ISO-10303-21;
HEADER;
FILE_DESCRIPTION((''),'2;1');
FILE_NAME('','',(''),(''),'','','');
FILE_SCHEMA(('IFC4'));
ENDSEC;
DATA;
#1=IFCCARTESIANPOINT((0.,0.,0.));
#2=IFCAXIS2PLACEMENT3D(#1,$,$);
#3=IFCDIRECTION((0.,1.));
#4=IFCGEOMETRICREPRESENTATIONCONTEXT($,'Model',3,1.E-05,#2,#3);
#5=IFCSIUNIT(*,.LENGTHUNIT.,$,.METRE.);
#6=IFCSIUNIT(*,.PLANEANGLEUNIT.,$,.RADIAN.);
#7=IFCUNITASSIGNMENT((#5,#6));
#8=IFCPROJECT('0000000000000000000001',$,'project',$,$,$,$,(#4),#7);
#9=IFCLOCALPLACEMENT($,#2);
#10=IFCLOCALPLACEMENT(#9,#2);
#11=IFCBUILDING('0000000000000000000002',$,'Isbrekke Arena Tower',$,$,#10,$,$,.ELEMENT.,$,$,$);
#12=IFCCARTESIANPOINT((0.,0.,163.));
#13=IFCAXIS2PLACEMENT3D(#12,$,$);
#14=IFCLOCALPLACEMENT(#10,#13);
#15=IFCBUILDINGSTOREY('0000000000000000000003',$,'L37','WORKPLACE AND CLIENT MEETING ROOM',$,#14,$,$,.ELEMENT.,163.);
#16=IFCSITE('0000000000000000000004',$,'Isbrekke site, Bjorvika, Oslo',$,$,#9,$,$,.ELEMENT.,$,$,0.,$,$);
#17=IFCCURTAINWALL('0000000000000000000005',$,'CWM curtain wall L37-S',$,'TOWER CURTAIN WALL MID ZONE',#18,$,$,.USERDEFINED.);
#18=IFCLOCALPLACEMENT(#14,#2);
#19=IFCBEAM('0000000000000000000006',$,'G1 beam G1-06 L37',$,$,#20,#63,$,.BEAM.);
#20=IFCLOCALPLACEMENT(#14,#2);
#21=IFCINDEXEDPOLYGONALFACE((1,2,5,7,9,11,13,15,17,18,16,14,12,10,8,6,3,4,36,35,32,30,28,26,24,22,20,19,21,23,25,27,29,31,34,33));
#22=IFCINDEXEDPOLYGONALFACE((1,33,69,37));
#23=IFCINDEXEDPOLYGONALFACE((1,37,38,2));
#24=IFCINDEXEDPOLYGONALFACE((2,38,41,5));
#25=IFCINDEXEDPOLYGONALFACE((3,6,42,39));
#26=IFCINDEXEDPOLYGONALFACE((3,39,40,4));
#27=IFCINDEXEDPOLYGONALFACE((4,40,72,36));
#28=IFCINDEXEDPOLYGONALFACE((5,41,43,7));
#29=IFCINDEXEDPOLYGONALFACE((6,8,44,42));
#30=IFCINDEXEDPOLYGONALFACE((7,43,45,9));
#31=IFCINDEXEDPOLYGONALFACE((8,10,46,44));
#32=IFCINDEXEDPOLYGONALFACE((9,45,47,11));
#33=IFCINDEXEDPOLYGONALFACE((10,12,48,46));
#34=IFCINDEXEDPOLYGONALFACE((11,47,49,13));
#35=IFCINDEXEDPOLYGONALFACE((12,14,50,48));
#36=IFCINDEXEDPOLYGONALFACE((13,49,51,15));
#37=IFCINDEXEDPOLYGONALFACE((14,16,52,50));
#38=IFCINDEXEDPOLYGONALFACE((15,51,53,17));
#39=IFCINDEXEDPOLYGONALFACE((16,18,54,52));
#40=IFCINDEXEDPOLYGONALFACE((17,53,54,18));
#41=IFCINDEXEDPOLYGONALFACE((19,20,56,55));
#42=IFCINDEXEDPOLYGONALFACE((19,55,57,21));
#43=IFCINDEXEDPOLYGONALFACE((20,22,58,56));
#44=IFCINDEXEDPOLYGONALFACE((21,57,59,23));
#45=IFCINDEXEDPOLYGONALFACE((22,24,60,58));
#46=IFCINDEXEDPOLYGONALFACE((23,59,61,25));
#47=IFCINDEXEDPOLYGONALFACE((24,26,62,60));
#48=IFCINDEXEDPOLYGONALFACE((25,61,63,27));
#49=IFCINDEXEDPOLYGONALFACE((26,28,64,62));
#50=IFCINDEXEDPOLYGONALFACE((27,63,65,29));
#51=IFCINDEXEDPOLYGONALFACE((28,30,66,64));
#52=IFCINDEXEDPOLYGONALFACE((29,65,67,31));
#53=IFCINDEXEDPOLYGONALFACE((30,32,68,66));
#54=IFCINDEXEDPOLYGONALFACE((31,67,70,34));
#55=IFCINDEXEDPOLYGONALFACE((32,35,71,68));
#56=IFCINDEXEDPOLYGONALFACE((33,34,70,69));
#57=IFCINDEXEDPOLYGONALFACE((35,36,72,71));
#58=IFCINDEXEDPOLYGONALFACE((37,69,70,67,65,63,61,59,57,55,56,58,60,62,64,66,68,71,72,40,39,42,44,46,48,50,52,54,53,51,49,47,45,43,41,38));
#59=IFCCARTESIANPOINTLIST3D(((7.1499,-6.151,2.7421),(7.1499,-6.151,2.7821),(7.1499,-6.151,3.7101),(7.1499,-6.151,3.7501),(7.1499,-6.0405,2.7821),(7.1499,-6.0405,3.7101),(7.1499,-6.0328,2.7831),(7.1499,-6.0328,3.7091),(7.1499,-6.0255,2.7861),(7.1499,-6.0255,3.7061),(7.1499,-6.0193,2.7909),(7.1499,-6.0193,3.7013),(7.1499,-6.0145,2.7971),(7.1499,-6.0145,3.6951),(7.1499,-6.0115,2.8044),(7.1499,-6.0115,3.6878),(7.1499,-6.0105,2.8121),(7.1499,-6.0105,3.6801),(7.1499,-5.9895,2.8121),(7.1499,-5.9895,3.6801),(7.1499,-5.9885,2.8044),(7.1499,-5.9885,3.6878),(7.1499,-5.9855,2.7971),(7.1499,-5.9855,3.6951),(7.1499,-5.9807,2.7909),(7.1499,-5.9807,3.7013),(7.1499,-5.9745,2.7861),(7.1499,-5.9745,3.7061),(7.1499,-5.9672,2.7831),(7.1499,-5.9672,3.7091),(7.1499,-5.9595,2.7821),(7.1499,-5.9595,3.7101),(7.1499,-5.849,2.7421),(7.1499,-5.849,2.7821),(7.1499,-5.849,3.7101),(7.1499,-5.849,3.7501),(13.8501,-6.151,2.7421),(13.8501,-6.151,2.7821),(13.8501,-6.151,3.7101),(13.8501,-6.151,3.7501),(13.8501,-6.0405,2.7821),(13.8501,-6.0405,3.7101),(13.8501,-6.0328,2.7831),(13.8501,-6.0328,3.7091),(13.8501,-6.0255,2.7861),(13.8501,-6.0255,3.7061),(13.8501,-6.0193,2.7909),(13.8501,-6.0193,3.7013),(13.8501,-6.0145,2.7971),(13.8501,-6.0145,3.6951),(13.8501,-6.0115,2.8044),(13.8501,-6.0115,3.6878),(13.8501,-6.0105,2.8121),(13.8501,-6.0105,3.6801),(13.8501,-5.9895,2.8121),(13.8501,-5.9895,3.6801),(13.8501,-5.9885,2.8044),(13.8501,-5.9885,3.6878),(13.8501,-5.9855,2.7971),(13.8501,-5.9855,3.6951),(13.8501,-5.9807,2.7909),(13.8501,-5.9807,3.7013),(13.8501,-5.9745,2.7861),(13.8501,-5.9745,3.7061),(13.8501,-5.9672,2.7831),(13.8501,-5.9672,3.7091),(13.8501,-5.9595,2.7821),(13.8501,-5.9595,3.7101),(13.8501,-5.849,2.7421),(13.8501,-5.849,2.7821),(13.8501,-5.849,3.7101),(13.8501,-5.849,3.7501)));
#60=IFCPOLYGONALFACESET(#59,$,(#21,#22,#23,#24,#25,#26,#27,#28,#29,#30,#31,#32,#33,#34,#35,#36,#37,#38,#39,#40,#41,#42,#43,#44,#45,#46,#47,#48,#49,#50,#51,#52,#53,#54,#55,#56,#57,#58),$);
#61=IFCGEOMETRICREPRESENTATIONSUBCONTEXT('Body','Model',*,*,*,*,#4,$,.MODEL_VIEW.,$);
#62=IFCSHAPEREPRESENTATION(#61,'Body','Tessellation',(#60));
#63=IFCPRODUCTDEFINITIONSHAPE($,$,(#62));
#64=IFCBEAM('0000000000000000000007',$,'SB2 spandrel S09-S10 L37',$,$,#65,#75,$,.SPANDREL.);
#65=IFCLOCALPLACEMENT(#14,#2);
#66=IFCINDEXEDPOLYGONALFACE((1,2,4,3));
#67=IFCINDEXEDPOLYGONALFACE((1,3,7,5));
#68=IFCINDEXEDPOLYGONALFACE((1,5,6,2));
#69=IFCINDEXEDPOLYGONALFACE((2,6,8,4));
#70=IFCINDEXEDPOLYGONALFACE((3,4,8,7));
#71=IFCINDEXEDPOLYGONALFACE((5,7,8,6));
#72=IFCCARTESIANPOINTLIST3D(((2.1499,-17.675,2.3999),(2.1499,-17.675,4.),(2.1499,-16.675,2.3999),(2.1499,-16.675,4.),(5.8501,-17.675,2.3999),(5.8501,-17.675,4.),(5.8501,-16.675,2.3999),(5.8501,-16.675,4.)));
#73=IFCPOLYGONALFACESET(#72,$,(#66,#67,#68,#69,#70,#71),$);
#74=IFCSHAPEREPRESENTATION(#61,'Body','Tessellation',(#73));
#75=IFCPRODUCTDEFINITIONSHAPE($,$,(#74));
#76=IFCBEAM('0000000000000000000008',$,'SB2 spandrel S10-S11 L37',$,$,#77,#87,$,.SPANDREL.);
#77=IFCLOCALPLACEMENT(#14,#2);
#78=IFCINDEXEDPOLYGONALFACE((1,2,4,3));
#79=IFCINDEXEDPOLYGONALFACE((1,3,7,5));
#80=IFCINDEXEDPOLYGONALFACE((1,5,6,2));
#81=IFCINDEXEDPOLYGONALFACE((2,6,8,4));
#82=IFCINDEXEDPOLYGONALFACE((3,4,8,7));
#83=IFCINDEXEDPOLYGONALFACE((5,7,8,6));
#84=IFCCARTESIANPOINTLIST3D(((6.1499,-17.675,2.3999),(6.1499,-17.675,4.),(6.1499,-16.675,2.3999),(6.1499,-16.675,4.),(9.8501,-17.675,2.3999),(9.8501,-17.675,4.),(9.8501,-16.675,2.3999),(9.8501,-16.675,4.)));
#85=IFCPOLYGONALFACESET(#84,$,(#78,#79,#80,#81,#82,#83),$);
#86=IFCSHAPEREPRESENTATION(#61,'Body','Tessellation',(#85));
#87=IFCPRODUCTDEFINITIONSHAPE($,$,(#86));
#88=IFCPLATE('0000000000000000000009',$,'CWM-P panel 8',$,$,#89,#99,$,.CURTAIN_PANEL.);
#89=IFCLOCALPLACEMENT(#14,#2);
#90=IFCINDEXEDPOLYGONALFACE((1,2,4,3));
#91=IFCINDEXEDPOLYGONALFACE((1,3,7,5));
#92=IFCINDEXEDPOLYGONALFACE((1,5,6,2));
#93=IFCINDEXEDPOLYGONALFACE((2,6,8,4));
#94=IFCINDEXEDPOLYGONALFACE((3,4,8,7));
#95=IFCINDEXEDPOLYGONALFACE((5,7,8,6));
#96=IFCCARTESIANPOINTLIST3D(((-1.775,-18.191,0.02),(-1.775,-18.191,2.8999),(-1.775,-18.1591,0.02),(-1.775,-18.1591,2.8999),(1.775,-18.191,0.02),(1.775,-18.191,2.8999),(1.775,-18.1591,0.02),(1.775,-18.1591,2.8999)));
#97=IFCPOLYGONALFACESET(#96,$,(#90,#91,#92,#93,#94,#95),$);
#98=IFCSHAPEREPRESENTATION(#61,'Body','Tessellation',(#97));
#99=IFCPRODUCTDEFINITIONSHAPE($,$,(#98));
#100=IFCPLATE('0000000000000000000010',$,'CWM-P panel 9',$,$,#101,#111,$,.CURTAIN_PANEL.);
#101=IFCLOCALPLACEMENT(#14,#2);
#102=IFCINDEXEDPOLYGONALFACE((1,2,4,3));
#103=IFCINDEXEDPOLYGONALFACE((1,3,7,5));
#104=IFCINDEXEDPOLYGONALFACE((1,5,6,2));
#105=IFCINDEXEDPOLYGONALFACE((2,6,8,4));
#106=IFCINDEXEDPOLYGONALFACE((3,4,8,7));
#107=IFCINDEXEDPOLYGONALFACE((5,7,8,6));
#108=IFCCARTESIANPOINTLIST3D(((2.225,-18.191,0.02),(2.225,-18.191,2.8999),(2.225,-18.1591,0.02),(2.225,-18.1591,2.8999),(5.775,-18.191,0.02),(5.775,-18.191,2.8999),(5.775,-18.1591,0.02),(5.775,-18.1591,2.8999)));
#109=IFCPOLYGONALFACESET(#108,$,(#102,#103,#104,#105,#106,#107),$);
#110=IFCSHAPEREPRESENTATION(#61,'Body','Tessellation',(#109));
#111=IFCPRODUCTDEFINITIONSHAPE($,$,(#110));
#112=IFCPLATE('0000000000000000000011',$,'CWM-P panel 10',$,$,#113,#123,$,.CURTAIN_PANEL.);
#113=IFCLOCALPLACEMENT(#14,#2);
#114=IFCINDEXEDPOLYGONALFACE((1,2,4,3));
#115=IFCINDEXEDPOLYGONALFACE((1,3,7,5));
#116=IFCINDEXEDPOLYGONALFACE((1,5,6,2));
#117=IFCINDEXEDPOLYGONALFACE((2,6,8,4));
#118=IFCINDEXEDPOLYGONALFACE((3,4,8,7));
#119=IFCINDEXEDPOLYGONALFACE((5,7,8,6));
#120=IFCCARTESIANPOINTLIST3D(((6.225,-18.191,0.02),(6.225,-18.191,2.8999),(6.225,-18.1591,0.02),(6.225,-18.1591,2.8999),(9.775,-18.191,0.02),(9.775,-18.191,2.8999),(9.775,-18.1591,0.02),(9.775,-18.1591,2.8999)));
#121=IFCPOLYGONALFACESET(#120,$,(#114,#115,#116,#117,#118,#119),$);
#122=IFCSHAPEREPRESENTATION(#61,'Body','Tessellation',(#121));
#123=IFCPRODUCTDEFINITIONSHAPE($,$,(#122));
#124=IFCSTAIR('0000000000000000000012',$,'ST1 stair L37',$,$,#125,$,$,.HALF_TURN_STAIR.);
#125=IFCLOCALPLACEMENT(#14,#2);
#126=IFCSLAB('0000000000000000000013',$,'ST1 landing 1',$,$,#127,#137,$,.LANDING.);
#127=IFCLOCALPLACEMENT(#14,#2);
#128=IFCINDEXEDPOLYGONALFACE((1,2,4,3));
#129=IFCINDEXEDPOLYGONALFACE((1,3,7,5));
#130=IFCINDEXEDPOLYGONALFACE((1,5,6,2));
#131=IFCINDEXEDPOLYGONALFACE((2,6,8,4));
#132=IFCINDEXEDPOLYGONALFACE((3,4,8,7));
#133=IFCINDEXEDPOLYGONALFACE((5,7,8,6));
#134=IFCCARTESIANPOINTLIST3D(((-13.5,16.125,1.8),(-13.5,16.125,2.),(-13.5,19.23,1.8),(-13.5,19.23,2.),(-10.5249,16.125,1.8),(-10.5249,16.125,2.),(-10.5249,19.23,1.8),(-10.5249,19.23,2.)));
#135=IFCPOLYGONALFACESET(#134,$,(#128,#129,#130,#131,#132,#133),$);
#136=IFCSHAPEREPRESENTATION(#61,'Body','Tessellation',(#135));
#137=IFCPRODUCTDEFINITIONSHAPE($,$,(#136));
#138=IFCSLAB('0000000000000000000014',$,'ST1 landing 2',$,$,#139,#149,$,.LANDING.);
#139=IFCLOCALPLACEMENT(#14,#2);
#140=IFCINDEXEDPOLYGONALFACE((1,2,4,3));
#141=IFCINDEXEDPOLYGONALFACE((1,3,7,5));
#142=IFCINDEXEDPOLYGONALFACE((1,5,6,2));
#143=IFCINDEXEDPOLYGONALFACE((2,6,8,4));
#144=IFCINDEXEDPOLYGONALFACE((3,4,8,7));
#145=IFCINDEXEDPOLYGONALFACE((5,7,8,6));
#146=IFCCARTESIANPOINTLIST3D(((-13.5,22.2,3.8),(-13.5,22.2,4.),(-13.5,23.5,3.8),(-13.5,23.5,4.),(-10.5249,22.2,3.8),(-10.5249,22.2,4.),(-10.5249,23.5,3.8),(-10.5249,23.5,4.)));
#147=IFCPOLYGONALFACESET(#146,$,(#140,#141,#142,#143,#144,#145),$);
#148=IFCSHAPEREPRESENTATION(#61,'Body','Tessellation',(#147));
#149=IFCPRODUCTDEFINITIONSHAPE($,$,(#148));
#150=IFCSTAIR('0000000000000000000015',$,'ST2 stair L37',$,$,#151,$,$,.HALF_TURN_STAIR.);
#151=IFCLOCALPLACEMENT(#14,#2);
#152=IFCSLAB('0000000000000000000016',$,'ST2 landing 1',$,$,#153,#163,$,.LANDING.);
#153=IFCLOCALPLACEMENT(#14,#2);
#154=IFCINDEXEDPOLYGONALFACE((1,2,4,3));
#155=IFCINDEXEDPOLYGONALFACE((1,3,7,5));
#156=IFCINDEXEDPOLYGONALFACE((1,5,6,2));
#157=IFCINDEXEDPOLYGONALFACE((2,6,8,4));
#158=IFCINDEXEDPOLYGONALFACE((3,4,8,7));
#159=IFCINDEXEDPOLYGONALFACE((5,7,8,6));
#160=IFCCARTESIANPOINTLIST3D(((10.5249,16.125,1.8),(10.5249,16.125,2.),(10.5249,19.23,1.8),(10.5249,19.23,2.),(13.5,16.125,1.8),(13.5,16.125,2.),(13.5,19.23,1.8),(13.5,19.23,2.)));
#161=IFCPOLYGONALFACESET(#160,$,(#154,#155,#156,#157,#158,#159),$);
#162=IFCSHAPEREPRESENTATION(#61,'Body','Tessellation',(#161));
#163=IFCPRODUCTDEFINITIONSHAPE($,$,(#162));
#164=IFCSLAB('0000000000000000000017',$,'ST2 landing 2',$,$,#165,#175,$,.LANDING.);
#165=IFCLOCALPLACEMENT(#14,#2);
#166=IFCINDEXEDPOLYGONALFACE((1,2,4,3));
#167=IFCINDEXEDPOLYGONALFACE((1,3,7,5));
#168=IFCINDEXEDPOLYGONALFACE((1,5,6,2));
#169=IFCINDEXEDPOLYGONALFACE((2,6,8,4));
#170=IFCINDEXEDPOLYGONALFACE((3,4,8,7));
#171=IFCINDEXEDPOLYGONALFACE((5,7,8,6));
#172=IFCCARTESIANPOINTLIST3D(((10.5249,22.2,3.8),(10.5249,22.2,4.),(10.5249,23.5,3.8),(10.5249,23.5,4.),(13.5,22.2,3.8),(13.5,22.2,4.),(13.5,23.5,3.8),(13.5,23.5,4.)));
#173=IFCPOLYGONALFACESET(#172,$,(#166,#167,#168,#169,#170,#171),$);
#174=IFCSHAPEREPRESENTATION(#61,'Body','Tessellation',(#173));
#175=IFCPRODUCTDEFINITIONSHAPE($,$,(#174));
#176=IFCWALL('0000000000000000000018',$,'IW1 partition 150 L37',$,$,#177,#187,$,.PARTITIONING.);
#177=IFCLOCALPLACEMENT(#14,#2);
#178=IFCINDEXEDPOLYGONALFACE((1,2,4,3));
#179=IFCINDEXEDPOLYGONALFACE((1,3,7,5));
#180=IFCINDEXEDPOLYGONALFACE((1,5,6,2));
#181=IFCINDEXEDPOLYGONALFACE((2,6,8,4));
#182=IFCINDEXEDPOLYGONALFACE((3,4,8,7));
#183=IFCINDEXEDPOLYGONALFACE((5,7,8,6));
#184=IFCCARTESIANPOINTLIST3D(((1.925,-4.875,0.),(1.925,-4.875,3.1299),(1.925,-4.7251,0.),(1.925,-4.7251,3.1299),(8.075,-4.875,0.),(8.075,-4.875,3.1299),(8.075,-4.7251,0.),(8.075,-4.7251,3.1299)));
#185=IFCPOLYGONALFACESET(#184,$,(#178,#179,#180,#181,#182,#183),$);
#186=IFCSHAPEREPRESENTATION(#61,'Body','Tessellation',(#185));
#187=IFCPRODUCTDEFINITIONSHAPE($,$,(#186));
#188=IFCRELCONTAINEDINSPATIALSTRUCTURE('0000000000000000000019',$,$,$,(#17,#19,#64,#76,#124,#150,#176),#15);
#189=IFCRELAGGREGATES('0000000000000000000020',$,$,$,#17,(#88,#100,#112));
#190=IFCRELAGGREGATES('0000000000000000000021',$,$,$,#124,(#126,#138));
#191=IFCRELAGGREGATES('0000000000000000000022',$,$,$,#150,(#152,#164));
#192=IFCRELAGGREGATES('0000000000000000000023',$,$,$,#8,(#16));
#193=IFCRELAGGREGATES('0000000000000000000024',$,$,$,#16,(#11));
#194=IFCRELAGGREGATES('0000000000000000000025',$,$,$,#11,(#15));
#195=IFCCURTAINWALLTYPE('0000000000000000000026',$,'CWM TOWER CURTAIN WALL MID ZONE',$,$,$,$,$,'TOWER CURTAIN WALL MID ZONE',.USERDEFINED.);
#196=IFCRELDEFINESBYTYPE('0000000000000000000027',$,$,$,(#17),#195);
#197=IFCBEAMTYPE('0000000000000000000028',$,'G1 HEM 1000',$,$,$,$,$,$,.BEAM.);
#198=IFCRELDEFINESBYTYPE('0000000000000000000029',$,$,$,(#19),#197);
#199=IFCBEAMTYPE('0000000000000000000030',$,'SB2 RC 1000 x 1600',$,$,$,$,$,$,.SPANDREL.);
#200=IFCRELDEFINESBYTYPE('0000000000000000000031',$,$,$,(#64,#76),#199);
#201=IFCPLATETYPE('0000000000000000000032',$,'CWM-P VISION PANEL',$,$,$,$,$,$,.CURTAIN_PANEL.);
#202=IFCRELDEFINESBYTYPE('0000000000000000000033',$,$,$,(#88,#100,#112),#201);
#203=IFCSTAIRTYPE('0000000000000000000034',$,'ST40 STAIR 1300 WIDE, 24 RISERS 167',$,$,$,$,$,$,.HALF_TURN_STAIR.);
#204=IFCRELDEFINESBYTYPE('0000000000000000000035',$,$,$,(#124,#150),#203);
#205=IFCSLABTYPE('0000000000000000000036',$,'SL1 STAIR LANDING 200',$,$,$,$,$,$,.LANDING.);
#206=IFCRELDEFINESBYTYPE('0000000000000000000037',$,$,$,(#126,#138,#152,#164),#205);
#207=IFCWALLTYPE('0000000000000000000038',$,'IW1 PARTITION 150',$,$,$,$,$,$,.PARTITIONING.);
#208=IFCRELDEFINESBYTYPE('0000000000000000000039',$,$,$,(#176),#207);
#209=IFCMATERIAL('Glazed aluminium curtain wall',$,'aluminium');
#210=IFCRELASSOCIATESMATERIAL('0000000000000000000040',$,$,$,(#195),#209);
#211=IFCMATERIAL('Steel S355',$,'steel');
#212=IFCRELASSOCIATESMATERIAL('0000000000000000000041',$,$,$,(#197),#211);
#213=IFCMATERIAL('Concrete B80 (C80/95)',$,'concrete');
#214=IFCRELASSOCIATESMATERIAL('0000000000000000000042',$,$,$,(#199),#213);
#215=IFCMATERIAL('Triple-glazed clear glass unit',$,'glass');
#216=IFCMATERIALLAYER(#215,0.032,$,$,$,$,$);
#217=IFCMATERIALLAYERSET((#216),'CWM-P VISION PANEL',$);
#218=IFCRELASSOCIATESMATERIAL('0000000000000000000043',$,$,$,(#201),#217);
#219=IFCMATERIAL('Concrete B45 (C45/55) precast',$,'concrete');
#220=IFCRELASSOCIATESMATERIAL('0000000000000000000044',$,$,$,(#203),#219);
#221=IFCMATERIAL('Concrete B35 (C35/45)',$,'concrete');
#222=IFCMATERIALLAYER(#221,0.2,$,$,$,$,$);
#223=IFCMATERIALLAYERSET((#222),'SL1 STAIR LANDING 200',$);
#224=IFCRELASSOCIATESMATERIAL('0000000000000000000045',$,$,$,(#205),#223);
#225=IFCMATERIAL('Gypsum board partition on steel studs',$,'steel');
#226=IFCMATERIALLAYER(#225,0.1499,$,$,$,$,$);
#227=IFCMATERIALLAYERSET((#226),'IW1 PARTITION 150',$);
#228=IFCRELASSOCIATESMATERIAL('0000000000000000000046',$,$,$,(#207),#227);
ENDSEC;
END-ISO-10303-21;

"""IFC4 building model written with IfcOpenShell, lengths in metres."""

from ifc_helpers import new_model, si_unit, direction, frame, frame_2d, origin, origin_2d, place, context, subcontext, project, spatial, polyline, rectangle, i_section, outline, extrude, material, layer, layer_set, material_profile, profile_set, type_object, element, aggregate, save


model = new_model("IFC4")

# Units and contexts
model_context = context("Model", 3, precision=1e-05, world=origin(), true_north=direction((0.0, 1.0)))
body_context = subcontext(model_context, "Body", "Model", "MODEL_VIEW")
ifc_project = project(units=[si_unit("LENGTHUNIT", "METRE"), si_unit("PLANEANGLEUNIT", "RADIAN")], contexts=[model_context])

# Site, building, storey
site_placement = place(None, origin())
site = spatial("IfcSite", under=ifc_project, at=site_placement, Name="Isbrekke site, Bjorvika, Oslo", CompositionType="ELEMENT", RefElevation=0.0)
building_placement = place(site_placement, origin())
building = spatial("IfcBuilding", under=site, at=building_placement, Name="Isbrekke Arena Tower", CompositionType="ELEMENT")
storey_placement = place(building_placement, frame((0.0, 0.0, 163.0)))
storey = spatial("IfcBuildingStorey", under=building, at=storey_placement, Name="L37", Description="WORKPLACE AND CLIENT MEETING ROOM", CompositionType="ELEMENT", Elevation=163.0)

# Curtain wall
ifc_material_1 = material(Name="Glazed aluminium curtain wall", Category="aluminium")
curtain_wall_type = type_object("IfcCurtainWallType", Name="CWM TOWER CURTAIN WALL MID ZONE", ElementType="TOWER CURTAIN WALL MID ZONE", PredefinedType="USERDEFINED", material=ifc_material_1)
curtain_wall_placement = place(storey_placement, origin())
curtain_wall = element("IfcCurtainWall", 1, at=curtain_wall_placement, inside=storey, type_object=curtain_wall_type, Name="CWM curtain wall L37-S", ObjectType="TOWER CURTAIN WALL MID ZONE", PredefinedType="USERDEFINED")

# Beams
ifc_material_2 = material(Name="Steel S355", Category="steel")
ifc_material_profile_1 = material_profile(ifc_material_2, i_section(OverallWidth=0.302, OverallDepth=1.0081, WebThickness=0.021, FlangeThickness=0.04, FilletRadius=0.03, at=origin_2d()), Name="HEM 1000")
ifc_profile_set_1 = profile_set([ifc_material_profile_1], Name="Steel S355")
beam_type_1 = type_object("IfcBeamType", Name="G1 HEM 1000", PredefinedType="BEAM", material=ifc_profile_set_1)
for number, where, z_axis, x_axis, name in (
    (2, (7.1499, -6.0, 3.2461), (1.0, 0.0, 0.0), (0.0, 1.0, 0.0), "G1 beam G1-06 L37"),
):
    element("IfcBeam", number, at=place(storey_placement, frame(where, z_axis=z_axis, x_axis=x_axis)), inside=storey, type_object=beam_type_1, Name=name, PredefinedType="BEAM", context=body_context, shape_type="SweptSolid", body=[
        extrude(i_section(OverallWidth=0.302, OverallDepth=1.0081, WebThickness=0.021, FlangeThickness=0.04, FilletRadius=0.03, at=origin_2d()), origin(), (0.0, 0.0, 1.0), 6.7002),
    ])
ifc_material_3 = material(Name="Concrete B80 (C80/95)", Category="concrete")
ifc_material_profile_2 = material_profile(ifc_material_3, rectangle(XDim=1.0, YDim=1.6001, at=origin_2d()), Name="RC 1000x1600")
ifc_profile_set_2 = profile_set([ifc_material_profile_2], Name="Concrete B80 (C80/95)")
beam_type_2 = type_object("IfcBeamType", Name="SB2 RC 1000 x 1600", PredefinedType="SPANDREL", material=ifc_profile_set_2)
for number, where, z_axis, x_axis, name in (
    (3, (2.1499, -17.175, 3.2), (1.0, 0.0, 0.0), (0.0, 1.0, 0.0), "SB2 spandrel S09-S10 L37"),
    (4, (6.1499, -17.175, 3.2), (1.0, 0.0, 0.0), (0.0, 1.0, 0.0), "SB2 spandrel S10-S11 L37"),
):
    element("IfcBeam", number, at=place(storey_placement, frame(where, z_axis=z_axis, x_axis=x_axis)), inside=storey, type_object=beam_type_2, Name=name, PredefinedType="SPANDREL", context=body_context, shape_type="SweptSolid", body=[
        extrude(rectangle(XDim=1.0, YDim=1.6001, at=origin_2d()), origin(), (0.0, 0.0, 1.0), 3.7002),
    ])

# Plates
ifc_material_4 = material(Name="Triple-glazed clear glass unit", Category="glass")
ifc_layer_1 = layer(ifc_material_4, 0.032)
ifc_layer_set_1 = layer_set([ifc_layer_1], Name="CWM-P VISION PANEL")
plate_type = type_object("IfcPlateType", Name="CWM-P VISION PANEL", PredefinedType="CURTAIN_PANEL", material=ifc_layer_set_1)
plate_1_placement = place(storey_placement, frame((0.0, -18.175, 0.02), z_axis=(0.0, 0.0, 1.0), x_axis=(1.0, 0.0, 0.0)))
plate_1 = element("IfcPlate", 5, at=plate_1_placement, type_object=plate_type, Name="CWM-P panel 8", PredefinedType="CURTAIN_PANEL", context=body_context, shape_type="SweptSolid", body=[
    extrude(rectangle(XDim=3.55, YDim=0.032, at=origin_2d()), origin(), (0.0, 0.0, 1.0), 2.8799),
])
plate_2_placement = place(storey_placement, frame((4.0, -18.175, 0.02), z_axis=(0.0, 0.0, 1.0), x_axis=(1.0, 0.0, 0.0)))
plate_2 = element("IfcPlate", 6, at=plate_2_placement, type_object=plate_type, Name="CWM-P panel 9", PredefinedType="CURTAIN_PANEL", context=body_context, shape_type="SweptSolid", body=[
    extrude(rectangle(XDim=3.55, YDim=0.032, at=origin_2d()), origin(), (0.0, 0.0, 1.0), 2.8799),
])
plate_3_placement = place(storey_placement, frame((8.0, -18.175, 0.02), z_axis=(0.0, 0.0, 1.0), x_axis=(1.0, 0.0, 0.0)))
plate_3 = element("IfcPlate", 7, at=plate_3_placement, type_object=plate_type, Name="CWM-P panel 10", PredefinedType="CURTAIN_PANEL", context=body_context, shape_type="SweptSolid", body=[
    extrude(rectangle(XDim=3.55, YDim=0.032, at=origin_2d()), origin(), (0.0, 0.0, 1.0), 2.8799),
])
aggregate(curtain_wall, [plate_1, plate_2, plate_3])

# Stairs, slabs
ifc_material_5 = material(Name="Concrete B45 (C45/55) precast", Category="concrete")
stair_type = type_object("IfcStairType", Name="ST40 STAIR 1300 WIDE, 24 RISERS 167", PredefinedType="HALF_TURN_STAIR", material=ifc_material_5)
stair_1_placement = place(storey_placement, origin())
stair_1 = element("IfcStair", 8, at=stair_1_placement, inside=storey, type_object=stair_type, Name="ST1 stair L37", PredefinedType="HALF_TURN_STAIR")
ifc_material_6 = material(Name="Concrete B35 (C35/45)", Category="concrete")
ifc_layer_2 = layer(ifc_material_6, 0.2)
ifc_layer_set_2 = layer_set([ifc_layer_2], Name="SL1 STAIR LANDING 200")
slab_type = type_object("IfcSlabType", Name="SL1 STAIR LANDING 200", PredefinedType="LANDING", material=ifc_layer_set_2)
slab_1_placement = place(storey_placement, frame((0.0, 0.0, 1.8)))
slab_1 = element("IfcSlab", 9, at=slab_1_placement, type_object=slab_type, Name="ST1 landing 1", PredefinedType="LANDING", context=body_context, shape_type="SweptSolid", body=[
    extrude(outline(polyline([(-13.5, 16.125), (-10.5249, 16.125), (-10.5249, 19.23), (-13.5, 19.23), (-13.5, 16.125)])), origin(), (0.0, 0.0, 1.0), 0.2),
])
slab_2_placement = place(storey_placement, frame((0.0, 0.0, 3.8)))
slab_2 = element("IfcSlab", 10, at=slab_2_placement, type_object=slab_type, Name="ST1 landing 2", PredefinedType="LANDING", context=body_context, shape_type="SweptSolid", body=[
    extrude(outline(polyline([(-13.5, 22.2), (-10.5249, 22.2), (-10.5249, 23.5), (-13.5, 23.5), (-13.5, 22.2)])), origin(), (0.0, 0.0, 1.0), 0.2),
])
aggregate(stair_1, [slab_1, slab_2])
stair_2_placement = place(storey_placement, origin())
stair_2 = element("IfcStair", 11, at=stair_2_placement, inside=storey, type_object=stair_type, Name="ST2 stair L37", PredefinedType="HALF_TURN_STAIR")
slab_3_placement = place(storey_placement, frame((0.0, 0.0, 1.8)))
slab_3 = element("IfcSlab", 12, at=slab_3_placement, type_object=slab_type, Name="ST2 landing 1", PredefinedType="LANDING", context=body_context, shape_type="SweptSolid", body=[
    extrude(outline(polyline([(10.5249, 16.125), (13.5, 16.125), (13.5, 19.23), (10.5249, 19.23), (10.5249, 16.125)])), origin(), (0.0, 0.0, 1.0), 0.2),
])
slab_4_placement = place(storey_placement, frame((0.0, 0.0, 3.8)))
slab_4 = element("IfcSlab", 13, at=slab_4_placement, type_object=slab_type, Name="ST2 landing 2", PredefinedType="LANDING", context=body_context, shape_type="SweptSolid", body=[
    extrude(outline(polyline([(10.5249, 22.2), (13.5, 22.2), (13.5, 23.5), (10.5249, 23.5), (10.5249, 22.2)])), origin(), (0.0, 0.0, 1.0), 0.2),
])
aggregate(stair_2, [slab_3, slab_4])

# Wall
ifc_material_7 = material(Name="Gypsum board partition on steel studs", Category="steel")
ifc_layer_3 = layer(ifc_material_7, 0.1499)
ifc_layer_set_3 = layer_set([ifc_layer_3], Name="IW1 PARTITION 150")
wall_type_1 = type_object("IfcWallType", Name="IW1 PARTITION 150", PredefinedType="PARTITIONING", material=ifc_layer_set_3)
wall_1_placement = place(storey_placement, frame((1.925, -4.8, 0.0), z_axis=(0.0, 0.0, 1.0), x_axis=(1.0, 0.0, 0.0)))
element("IfcWall", 14, at=wall_1_placement, inside=storey, type_object=wall_type_1, Name="IW1 partition 150 L37", PredefinedType="PARTITIONING", context=body_context, shape_type="SweptSolid", body=[
    extrude(rectangle(XDim=6.1499, YDim=0.1499, at=frame_2d((3.075, 0.0))), origin(), (0.0, 0.0, 1.0), 3.1299),
])

save(model, "model.ifc")
